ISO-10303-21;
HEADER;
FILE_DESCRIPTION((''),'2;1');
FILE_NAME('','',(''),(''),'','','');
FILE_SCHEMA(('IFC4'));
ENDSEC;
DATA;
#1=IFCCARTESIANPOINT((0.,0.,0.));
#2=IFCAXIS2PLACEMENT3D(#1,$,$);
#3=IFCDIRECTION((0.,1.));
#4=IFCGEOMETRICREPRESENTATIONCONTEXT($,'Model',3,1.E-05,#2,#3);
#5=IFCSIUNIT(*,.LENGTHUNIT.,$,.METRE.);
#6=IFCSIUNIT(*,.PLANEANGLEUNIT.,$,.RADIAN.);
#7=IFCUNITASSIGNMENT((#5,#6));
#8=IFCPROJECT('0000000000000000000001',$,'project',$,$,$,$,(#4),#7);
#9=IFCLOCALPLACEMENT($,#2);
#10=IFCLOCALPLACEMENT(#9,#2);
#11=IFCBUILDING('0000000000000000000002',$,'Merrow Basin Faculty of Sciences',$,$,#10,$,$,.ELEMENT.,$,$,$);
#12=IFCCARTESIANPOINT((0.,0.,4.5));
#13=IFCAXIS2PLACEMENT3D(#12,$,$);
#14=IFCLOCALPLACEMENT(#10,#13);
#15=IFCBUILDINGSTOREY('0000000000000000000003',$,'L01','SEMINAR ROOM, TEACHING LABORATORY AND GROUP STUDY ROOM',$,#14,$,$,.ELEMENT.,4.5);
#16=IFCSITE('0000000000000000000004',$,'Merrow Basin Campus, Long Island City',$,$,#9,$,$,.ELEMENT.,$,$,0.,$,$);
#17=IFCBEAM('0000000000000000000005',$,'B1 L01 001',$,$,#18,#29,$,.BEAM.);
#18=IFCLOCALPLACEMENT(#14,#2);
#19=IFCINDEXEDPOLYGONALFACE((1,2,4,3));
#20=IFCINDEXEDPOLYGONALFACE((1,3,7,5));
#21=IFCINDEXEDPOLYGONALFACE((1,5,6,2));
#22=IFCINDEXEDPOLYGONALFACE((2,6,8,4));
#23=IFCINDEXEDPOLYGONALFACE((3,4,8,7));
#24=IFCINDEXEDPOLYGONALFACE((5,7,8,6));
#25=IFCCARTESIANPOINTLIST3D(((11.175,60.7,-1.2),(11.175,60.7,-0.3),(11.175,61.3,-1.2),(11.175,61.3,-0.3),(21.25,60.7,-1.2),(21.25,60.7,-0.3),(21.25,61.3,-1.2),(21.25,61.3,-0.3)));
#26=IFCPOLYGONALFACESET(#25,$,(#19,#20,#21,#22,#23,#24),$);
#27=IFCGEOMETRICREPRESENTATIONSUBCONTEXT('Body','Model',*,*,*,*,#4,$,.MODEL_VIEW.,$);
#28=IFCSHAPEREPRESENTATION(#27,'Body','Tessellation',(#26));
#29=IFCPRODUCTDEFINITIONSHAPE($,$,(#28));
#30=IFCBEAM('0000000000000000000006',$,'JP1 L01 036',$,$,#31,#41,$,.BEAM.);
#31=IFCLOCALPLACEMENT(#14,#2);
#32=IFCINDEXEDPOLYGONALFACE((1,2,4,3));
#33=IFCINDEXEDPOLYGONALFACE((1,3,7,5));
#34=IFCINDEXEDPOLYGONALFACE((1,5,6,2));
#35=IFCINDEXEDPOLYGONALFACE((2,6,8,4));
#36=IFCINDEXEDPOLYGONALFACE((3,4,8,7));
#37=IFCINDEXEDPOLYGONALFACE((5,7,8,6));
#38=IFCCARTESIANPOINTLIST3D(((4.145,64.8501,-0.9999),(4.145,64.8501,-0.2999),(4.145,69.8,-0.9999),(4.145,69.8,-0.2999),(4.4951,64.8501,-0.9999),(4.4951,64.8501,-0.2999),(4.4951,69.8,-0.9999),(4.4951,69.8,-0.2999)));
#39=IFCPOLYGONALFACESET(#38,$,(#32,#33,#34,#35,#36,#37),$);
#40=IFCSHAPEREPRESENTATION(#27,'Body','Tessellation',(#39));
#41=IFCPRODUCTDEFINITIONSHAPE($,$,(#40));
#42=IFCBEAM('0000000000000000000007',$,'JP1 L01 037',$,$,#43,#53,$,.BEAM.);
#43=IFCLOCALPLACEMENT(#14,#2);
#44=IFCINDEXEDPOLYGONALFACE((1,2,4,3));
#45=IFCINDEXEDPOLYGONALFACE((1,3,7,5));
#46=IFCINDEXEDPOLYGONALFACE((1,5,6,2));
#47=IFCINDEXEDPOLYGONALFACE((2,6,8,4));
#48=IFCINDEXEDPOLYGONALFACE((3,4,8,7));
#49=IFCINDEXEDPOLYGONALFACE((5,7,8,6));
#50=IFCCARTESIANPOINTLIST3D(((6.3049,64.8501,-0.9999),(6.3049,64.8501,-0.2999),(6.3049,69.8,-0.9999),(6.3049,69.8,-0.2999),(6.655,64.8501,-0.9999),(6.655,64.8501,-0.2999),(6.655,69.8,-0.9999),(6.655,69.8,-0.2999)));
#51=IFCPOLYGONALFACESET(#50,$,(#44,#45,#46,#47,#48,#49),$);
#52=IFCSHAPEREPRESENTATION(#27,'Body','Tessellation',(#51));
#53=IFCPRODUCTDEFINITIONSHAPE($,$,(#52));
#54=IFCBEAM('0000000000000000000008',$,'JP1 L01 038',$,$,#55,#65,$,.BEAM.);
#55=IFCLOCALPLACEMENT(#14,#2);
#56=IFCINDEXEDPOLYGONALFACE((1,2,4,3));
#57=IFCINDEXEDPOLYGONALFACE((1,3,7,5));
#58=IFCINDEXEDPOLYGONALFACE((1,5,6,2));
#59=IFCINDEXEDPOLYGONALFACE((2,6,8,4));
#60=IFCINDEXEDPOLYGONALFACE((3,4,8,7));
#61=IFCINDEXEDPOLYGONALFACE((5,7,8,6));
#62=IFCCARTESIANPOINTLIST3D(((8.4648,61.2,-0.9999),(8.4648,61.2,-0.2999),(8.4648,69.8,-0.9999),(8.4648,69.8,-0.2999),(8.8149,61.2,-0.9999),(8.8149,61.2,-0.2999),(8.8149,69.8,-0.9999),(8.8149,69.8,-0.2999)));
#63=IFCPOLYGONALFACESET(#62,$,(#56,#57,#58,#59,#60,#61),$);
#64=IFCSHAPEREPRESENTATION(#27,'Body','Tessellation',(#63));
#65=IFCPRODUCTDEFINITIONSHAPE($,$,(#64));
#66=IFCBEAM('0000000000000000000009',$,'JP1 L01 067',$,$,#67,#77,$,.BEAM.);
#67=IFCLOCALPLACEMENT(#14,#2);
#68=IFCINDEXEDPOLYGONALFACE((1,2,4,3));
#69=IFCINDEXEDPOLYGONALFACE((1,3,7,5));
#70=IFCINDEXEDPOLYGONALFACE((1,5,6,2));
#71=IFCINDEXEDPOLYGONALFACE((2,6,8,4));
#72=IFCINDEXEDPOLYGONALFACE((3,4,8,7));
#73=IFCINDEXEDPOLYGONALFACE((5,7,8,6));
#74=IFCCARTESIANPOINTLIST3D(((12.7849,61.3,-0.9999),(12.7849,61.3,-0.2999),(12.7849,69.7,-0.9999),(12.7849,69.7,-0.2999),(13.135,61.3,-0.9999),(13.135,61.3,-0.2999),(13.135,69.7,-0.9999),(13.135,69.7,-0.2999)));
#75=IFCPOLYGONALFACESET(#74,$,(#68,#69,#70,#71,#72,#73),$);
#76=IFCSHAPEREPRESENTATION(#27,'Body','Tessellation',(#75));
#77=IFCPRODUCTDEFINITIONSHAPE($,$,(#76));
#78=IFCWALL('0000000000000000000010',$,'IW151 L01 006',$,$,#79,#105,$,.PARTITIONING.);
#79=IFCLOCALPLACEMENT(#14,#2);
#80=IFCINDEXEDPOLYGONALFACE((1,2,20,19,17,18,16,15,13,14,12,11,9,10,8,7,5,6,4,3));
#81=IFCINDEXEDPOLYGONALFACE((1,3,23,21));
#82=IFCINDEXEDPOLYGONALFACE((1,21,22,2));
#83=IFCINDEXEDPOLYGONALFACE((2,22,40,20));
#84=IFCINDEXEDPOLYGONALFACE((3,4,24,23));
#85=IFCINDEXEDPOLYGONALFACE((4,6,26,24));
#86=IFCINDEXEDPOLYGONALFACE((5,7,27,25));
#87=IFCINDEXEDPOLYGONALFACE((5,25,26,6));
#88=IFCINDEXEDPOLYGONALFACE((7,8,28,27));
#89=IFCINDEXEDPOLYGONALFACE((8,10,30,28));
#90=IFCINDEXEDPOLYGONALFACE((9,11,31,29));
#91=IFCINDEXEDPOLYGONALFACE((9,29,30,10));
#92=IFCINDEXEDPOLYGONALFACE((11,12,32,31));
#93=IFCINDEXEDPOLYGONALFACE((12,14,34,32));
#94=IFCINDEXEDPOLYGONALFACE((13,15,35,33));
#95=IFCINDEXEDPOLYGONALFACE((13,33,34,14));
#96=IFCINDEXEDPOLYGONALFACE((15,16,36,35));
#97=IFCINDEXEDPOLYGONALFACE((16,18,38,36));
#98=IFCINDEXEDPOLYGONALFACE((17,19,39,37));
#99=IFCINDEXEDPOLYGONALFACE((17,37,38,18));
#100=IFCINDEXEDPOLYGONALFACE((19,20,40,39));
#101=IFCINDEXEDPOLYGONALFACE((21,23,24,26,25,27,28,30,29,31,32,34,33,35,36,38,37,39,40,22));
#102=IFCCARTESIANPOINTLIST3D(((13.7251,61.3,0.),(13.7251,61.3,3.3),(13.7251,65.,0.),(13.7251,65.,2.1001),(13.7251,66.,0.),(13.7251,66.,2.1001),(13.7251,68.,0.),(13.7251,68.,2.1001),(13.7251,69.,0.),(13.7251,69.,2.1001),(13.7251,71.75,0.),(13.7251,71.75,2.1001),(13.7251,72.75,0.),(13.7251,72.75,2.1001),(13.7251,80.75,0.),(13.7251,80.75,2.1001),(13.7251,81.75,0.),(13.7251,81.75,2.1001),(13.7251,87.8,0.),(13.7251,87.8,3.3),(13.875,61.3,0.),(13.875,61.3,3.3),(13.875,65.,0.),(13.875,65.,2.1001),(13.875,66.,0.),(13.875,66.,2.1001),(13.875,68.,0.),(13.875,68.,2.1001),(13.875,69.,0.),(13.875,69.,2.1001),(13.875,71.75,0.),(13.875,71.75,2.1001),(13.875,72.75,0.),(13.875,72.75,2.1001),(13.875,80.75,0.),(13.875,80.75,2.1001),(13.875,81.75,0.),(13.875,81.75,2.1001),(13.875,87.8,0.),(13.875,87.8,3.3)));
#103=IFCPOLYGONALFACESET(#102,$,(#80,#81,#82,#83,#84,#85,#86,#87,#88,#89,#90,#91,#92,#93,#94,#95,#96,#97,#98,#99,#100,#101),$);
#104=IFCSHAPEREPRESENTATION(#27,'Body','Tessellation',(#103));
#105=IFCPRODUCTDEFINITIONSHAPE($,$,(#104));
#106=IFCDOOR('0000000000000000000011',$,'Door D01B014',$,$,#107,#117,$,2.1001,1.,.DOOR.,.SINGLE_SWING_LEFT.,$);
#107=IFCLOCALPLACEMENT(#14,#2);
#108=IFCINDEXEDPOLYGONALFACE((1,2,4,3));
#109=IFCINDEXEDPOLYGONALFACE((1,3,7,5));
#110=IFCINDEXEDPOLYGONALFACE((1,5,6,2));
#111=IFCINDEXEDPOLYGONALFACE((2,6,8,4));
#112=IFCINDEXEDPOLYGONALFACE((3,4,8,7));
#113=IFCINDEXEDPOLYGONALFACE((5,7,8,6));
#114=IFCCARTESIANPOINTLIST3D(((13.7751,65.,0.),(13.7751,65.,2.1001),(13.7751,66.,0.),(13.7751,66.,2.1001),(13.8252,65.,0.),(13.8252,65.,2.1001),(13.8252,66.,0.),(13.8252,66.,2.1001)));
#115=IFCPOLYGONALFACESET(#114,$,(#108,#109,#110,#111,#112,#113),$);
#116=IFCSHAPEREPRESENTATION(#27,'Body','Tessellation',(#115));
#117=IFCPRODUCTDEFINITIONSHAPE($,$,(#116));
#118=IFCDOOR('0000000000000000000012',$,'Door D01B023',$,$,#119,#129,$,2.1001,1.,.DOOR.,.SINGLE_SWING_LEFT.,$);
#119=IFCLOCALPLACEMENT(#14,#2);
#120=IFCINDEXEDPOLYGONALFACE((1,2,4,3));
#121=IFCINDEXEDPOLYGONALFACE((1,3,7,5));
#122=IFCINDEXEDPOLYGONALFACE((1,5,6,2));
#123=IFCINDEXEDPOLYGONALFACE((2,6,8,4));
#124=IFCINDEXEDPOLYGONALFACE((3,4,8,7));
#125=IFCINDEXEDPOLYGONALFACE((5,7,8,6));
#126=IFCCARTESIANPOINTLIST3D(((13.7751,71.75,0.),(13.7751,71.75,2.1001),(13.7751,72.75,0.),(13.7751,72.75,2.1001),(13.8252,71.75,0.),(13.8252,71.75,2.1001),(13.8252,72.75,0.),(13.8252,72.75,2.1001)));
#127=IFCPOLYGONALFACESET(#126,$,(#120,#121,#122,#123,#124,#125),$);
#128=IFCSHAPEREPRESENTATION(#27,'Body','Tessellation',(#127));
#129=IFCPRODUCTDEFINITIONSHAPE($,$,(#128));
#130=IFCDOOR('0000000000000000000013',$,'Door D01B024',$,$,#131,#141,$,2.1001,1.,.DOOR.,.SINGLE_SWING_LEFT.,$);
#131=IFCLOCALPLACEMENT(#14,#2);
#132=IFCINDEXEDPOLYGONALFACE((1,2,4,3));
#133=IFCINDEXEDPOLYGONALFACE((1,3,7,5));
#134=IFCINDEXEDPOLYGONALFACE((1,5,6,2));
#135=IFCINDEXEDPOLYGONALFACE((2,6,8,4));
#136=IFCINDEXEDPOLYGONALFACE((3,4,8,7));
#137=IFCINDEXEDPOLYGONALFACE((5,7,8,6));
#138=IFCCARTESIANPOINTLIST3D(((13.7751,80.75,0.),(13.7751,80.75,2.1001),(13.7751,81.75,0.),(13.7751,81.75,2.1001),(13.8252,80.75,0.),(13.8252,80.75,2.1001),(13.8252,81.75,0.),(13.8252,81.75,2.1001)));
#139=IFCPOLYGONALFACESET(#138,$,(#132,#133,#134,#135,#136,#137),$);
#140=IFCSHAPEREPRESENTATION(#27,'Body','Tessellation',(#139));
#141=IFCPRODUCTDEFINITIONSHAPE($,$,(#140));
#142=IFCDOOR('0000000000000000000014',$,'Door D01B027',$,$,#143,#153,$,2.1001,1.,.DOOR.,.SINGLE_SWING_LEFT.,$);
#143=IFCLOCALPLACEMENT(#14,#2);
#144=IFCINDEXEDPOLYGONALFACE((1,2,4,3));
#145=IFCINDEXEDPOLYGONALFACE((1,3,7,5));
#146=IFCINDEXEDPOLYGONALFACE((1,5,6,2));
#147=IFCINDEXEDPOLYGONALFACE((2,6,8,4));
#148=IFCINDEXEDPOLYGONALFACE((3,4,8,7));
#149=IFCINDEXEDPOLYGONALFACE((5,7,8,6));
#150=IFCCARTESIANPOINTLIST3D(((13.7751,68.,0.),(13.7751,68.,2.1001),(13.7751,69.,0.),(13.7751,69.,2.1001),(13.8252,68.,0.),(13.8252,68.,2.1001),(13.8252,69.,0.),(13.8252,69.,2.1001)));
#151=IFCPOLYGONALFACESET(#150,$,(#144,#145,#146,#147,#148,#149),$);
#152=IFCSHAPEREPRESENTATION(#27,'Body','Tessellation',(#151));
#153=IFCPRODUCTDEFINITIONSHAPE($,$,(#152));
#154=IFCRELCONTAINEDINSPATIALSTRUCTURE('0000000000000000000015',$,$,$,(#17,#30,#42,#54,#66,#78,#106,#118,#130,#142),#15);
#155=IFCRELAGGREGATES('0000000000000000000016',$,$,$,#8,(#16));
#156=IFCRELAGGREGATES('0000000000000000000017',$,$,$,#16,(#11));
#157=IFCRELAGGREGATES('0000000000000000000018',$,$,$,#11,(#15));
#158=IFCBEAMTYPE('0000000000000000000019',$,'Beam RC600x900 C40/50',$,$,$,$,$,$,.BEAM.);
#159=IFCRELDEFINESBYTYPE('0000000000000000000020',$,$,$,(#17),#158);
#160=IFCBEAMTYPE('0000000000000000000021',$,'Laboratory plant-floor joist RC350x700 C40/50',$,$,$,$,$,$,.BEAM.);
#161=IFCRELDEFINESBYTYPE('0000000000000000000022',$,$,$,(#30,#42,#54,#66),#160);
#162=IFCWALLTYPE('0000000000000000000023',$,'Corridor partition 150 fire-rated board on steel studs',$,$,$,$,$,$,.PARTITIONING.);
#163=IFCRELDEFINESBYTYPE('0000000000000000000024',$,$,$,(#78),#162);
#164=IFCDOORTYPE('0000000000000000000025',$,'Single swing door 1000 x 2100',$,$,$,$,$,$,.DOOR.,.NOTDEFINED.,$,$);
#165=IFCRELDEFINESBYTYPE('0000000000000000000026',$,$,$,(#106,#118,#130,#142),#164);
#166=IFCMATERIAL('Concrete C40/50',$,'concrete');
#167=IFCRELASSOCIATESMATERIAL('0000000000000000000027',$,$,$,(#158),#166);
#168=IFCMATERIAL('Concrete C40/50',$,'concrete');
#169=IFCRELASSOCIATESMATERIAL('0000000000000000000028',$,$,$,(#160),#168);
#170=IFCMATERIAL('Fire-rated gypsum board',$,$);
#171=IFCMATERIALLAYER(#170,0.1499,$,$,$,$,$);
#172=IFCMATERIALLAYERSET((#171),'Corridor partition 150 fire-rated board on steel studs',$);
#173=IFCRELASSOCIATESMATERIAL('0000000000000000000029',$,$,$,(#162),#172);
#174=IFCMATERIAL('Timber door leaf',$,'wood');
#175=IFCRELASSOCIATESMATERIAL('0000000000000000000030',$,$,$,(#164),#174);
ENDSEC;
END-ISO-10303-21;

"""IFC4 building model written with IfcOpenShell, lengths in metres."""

from ifc_helpers import new_model, si_unit, direction, frame, frame_2d, origin, origin_2d, place, context, subcontext, project, spatial, rectangle, extrude, material, layer, layer_set, material_profile, profile_set, type_object, element, fill, save


model = new_model("IFC4")

# Units and contexts
model_context = context("Model", 3, precision=1e-05, world=origin(), true_north=direction((0.0, 1.0)))
body_context = subcontext(model_context, "Body", "Model", "MODEL_VIEW")
ifc_project = project(units=[si_unit("LENGTHUNIT", "METRE"), si_unit("PLANEANGLEUNIT", "RADIAN")], contexts=[model_context])

# Site, building, storey
site_placement = place(None, origin())
site = spatial("IfcSite", under=ifc_project, at=site_placement, Name="Merrow Basin Campus, Long Island City", CompositionType="ELEMENT", RefElevation=0.0)
building_placement = place(site_placement, origin())
building = spatial("IfcBuilding", under=site, at=building_placement, Name="Merrow Basin Faculty of Sciences", CompositionType="ELEMENT")
storey_placement = place(building_placement, frame((0.0, 0.0, 4.5)))
storey = spatial("IfcBuildingStorey", under=building, at=storey_placement, Name="L01", Description="SEMINAR ROOM, TEACHING LABORATORY AND GROUP STUDY ROOM", CompositionType="ELEMENT", Elevation=4.5)

# Beams
ifc_material_1 = material(Name="Concrete C40/50", Category="concrete")
ifc_material_profile_1 = material_profile(ifc_material_1, rectangle(XDim=0.6001, YDim=0.8999, at=origin_2d()))
ifc_profile_set_1 = profile_set([ifc_material_profile_1], Name="Concrete C40/50")
beam_type_1 = type_object("IfcBeamType", Name="Beam RC600x900 C40/50", PredefinedType="BEAM", material=ifc_profile_set_1)
beam_1_placement = place(storey_placement, frame((11.175, 61.0, -0.75), z_axis=(1.0, 0.0, 0.0), x_axis=(0.0, 1.0, 0.0)))
element("IfcBeam", 1, at=beam_1_placement, inside=storey, type_object=beam_type_1, Name="B1 L01 001", PredefinedType="BEAM", context=body_context, shape_type="SweptSolid", body=[
    extrude(rectangle(XDim=0.6001, YDim=0.8999, at=origin_2d()), origin(), (0.0, 0.0, 1.0), 10.075),
])
ifc_material_2 = material(Name="Concrete C40/50", Category="concrete")
ifc_material_profile_2 = material_profile(ifc_material_2, rectangle(XDim=0.3501, YDim=0.7, at=origin_2d()))
ifc_profile_set_2 = profile_set([ifc_material_profile_2], Name="Concrete C40/50")
beam_type_2 = type_object("IfcBeamType", Name="Laboratory plant-floor joist RC350x700 C40/50", PredefinedType="BEAM", material=ifc_profile_set_2)
for number, where, z_axis, x_axis, name in (
    (2, (4.3201, 64.8501, -0.6499), (0.0, 1.0, 0.0), (-1.0, 0.0, 0.0), "JP1 L01 036"),
    (3, (6.48, 64.8501, -0.6499), (0.0, 1.0, 0.0), (-1.0, 0.0, 0.0), "JP1 L01 037"),
):
    element("IfcBeam", number, at=place(storey_placement, frame(where, z_axis=z_axis, x_axis=x_axis)), inside=storey, type_object=beam_type_2, Name=name, PredefinedType="BEAM", context=body_context, shape_type="SweptSolid", body=[
        extrude(rectangle(XDim=0.3501, YDim=0.7, at=origin_2d()), origin(), (0.0, 0.0, 1.0), 4.95),
    ])
beam_2_placement = place(storey_placement, frame((8.6399, 61.2, -0.6499), z_axis=(0.0, 1.0, 0.0), x_axis=(-1.0, 0.0, 0.0)))
element("IfcBeam", 4, at=beam_2_placement, inside=storey, type_object=beam_type_2, Name="JP1 L01 038", PredefinedType="BEAM", context=body_context, shape_type="SweptSolid", body=[
    extrude(rectangle(XDim=0.3501, YDim=0.7, at=origin_2d()), origin(), (0.0, 0.0, 1.0), 8.6001),
])
beam_3_placement = place(storey_placement, frame((12.96, 61.3, -0.6499), z_axis=(0.0, 1.0, 0.0), x_axis=(-1.0, 0.0, 0.0)))
element("IfcBeam", 5, at=beam_3_placement, inside=storey, type_object=beam_type_2, Name="JP1 L01 067", PredefinedType="BEAM", context=body_context, shape_type="SweptSolid", body=[
    extrude(rectangle(XDim=0.3501, YDim=0.7, at=origin_2d()), origin(), (0.0, 0.0, 1.0), 8.3999),
])

# Wall, openings, doors
ifc_material_3 = material(Name="Fire-rated gypsum board")
ifc_layer_1 = layer(ifc_material_3, 0.1499)
ifc_layer_set_1 = layer_set([ifc_layer_1], Name="Corridor partition 150 fire-rated board on steel studs")
wall_type_1 = type_object("IfcWallType", Name="Corridor partition 150 fire-rated board on steel studs", PredefinedType="PARTITIONING", material=ifc_layer_set_1)
wall_1_placement = place(storey_placement, frame((13.8, 61.3, 0.0), z_axis=(0.0, 0.0, 1.0), x_axis=(0.0, 1.0, 0.0)))
wall_1 = element("IfcWall", 6, at=wall_1_placement, inside=storey, type_object=wall_type_1, Name="IW151 L01 006", PredefinedType="PARTITIONING", context=body_context, shape_type="SweptSolid", body=[
    extrude(rectangle(XDim=26.5, YDim=0.1499, at=frame_2d((13.25, 0.0))), origin(), (0.0, 0.0, 1.0), 3.3),
])
opening_1_placement = place(wall_1_placement, frame((3.7, 0.0, 0.0)))
opening_1 = element("IfcOpeningElement", 7, at=opening_1_placement, cuts=wall_1, PredefinedType="OPENING", context=body_context, shape_type="SweptSolid", body=[
    extrude(rectangle(XDim=1.0, YDim=2.1001, at=frame_2d((0.5, 1.05))), frame((0.0, 0.085, 0.0), z_axis=(0.0, -1.0, 0.0), x_axis=(1.0, 0.0, 0.0)), (0.0, 0.0, 1.0), 0.1699),
])
opening_2_placement = place(wall_1_placement, frame((10.45, 0.0, 0.0)))
opening_2 = element("IfcOpeningElement", 8, at=opening_2_placement, cuts=wall_1, PredefinedType="OPENING", context=body_context, shape_type="SweptSolid", body=[
    extrude(rectangle(XDim=1.0, YDim=2.1001, at=frame_2d((0.5, 1.05))), frame((0.0, 0.085, 0.0), z_axis=(0.0, -1.0, 0.0), x_axis=(1.0, 0.0, 0.0)), (0.0, 0.0, 1.0), 0.1699),
])
opening_3_placement = place(wall_1_placement, frame((19.45, 0.0, 0.0)))
opening_3 = element("IfcOpeningElement", 9, at=opening_3_placement, cuts=wall_1, PredefinedType="OPENING", context=body_context, shape_type="SweptSolid", body=[
    extrude(rectangle(XDim=1.0, YDim=2.1001, at=frame_2d((0.5, 1.05))), frame((0.0, 0.085, 0.0), z_axis=(0.0, -1.0, 0.0), x_axis=(1.0, 0.0, 0.0)), (0.0, 0.0, 1.0), 0.1699),
])
opening_4_placement = place(wall_1_placement, frame((6.7, 0.0, 0.0)))
opening_4 = element("IfcOpeningElement", 10, at=opening_4_placement, cuts=wall_1, PredefinedType="OPENING", context=body_context, shape_type="SweptSolid", body=[
    extrude(rectangle(XDim=1.0, YDim=2.1001, at=frame_2d((0.5, 1.05))), frame((0.0, 0.085, 0.0), z_axis=(0.0, -1.0, 0.0), x_axis=(1.0, 0.0, 0.0)), (0.0, 0.0, 1.0), 0.1699),
])
ifc_material_4 = material(Name="Timber door leaf", Category="wood")
door_type_1 = type_object("IfcDoorType", Name="Single swing door 1000 x 2100", OperationType="NOTDEFINED", PredefinedType="DOOR", material=ifc_material_4)
door_1_placement = place(opening_1_placement, origin())
door_1 = element("IfcDoor", 11, at=door_1_placement, inside=storey, type_object=door_type_1, Name="Door D01B014", OperationType="SINGLE_SWING_LEFT", OverallHeight=2.1001, OverallWidth=1.0, PredefinedType="DOOR", context=body_context, shape_type="SweptSolid", body=[
    extrude(rectangle(XDim=1.0, YDim=2.1001, at=frame_2d((0.5, 1.05))), frame((0.0, 0.0249, 0.0), z_axis=(0.0, -1.0, 0.0), x_axis=(1.0, 0.0, 0.0)), (0.0, 0.0, 1.0), 0.05),
])
fill(opening_1, door_1)
door_2_placement = place(opening_2_placement, origin())
door_2 = element("IfcDoor", 12, at=door_2_placement, inside=storey, type_object=door_type_1, Name="Door D01B023", OperationType="SINGLE_SWING_LEFT", OverallHeight=2.1001, OverallWidth=1.0, PredefinedType="DOOR", context=body_context, shape_type="SweptSolid", body=[
    extrude(rectangle(XDim=1.0, YDim=2.1001, at=frame_2d((0.5, 1.05))), frame((0.0, 0.0249, 0.0), z_axis=(0.0, -1.0, 0.0), x_axis=(1.0, 0.0, 0.0)), (0.0, 0.0, 1.0), 0.05),
])
fill(opening_2, door_2)
door_3_placement = place(opening_3_placement, origin())
door_3 = element("IfcDoor", 13, at=door_3_placement, inside=storey, type_object=door_type_1, Name="Door D01B024", OperationType="SINGLE_SWING_LEFT", OverallHeight=2.1001, OverallWidth=1.0, PredefinedType="DOOR", context=body_context, shape_type="SweptSolid", body=[
    extrude(rectangle(XDim=1.0, YDim=2.1001, at=frame_2d((0.5, 1.05))), frame((0.0, 0.0249, 0.0), z_axis=(0.0, -1.0, 0.0), x_axis=(1.0, 0.0, 0.0)), (0.0, 0.0, 1.0), 0.05),
])
fill(opening_3, door_3)
door_4_placement = place(opening_4_placement, origin())
door_4 = element("IfcDoor", 14, at=door_4_placement, inside=storey, type_object=door_type_1, Name="Door D01B027", OperationType="SINGLE_SWING_LEFT", OverallHeight=2.1001, OverallWidth=1.0, PredefinedType="DOOR", context=body_context, shape_type="SweptSolid", body=[
    extrude(rectangle(XDim=1.0, YDim=2.1001, at=frame_2d((0.5, 1.05))), frame((0.0, 0.0249, 0.0), z_axis=(0.0, -1.0, 0.0), x_axis=(1.0, 0.0, 0.0)), (0.0, 0.0, 1.0), 0.05),
])
fill(opening_4, door_4)

save(model, "model.ifc")
